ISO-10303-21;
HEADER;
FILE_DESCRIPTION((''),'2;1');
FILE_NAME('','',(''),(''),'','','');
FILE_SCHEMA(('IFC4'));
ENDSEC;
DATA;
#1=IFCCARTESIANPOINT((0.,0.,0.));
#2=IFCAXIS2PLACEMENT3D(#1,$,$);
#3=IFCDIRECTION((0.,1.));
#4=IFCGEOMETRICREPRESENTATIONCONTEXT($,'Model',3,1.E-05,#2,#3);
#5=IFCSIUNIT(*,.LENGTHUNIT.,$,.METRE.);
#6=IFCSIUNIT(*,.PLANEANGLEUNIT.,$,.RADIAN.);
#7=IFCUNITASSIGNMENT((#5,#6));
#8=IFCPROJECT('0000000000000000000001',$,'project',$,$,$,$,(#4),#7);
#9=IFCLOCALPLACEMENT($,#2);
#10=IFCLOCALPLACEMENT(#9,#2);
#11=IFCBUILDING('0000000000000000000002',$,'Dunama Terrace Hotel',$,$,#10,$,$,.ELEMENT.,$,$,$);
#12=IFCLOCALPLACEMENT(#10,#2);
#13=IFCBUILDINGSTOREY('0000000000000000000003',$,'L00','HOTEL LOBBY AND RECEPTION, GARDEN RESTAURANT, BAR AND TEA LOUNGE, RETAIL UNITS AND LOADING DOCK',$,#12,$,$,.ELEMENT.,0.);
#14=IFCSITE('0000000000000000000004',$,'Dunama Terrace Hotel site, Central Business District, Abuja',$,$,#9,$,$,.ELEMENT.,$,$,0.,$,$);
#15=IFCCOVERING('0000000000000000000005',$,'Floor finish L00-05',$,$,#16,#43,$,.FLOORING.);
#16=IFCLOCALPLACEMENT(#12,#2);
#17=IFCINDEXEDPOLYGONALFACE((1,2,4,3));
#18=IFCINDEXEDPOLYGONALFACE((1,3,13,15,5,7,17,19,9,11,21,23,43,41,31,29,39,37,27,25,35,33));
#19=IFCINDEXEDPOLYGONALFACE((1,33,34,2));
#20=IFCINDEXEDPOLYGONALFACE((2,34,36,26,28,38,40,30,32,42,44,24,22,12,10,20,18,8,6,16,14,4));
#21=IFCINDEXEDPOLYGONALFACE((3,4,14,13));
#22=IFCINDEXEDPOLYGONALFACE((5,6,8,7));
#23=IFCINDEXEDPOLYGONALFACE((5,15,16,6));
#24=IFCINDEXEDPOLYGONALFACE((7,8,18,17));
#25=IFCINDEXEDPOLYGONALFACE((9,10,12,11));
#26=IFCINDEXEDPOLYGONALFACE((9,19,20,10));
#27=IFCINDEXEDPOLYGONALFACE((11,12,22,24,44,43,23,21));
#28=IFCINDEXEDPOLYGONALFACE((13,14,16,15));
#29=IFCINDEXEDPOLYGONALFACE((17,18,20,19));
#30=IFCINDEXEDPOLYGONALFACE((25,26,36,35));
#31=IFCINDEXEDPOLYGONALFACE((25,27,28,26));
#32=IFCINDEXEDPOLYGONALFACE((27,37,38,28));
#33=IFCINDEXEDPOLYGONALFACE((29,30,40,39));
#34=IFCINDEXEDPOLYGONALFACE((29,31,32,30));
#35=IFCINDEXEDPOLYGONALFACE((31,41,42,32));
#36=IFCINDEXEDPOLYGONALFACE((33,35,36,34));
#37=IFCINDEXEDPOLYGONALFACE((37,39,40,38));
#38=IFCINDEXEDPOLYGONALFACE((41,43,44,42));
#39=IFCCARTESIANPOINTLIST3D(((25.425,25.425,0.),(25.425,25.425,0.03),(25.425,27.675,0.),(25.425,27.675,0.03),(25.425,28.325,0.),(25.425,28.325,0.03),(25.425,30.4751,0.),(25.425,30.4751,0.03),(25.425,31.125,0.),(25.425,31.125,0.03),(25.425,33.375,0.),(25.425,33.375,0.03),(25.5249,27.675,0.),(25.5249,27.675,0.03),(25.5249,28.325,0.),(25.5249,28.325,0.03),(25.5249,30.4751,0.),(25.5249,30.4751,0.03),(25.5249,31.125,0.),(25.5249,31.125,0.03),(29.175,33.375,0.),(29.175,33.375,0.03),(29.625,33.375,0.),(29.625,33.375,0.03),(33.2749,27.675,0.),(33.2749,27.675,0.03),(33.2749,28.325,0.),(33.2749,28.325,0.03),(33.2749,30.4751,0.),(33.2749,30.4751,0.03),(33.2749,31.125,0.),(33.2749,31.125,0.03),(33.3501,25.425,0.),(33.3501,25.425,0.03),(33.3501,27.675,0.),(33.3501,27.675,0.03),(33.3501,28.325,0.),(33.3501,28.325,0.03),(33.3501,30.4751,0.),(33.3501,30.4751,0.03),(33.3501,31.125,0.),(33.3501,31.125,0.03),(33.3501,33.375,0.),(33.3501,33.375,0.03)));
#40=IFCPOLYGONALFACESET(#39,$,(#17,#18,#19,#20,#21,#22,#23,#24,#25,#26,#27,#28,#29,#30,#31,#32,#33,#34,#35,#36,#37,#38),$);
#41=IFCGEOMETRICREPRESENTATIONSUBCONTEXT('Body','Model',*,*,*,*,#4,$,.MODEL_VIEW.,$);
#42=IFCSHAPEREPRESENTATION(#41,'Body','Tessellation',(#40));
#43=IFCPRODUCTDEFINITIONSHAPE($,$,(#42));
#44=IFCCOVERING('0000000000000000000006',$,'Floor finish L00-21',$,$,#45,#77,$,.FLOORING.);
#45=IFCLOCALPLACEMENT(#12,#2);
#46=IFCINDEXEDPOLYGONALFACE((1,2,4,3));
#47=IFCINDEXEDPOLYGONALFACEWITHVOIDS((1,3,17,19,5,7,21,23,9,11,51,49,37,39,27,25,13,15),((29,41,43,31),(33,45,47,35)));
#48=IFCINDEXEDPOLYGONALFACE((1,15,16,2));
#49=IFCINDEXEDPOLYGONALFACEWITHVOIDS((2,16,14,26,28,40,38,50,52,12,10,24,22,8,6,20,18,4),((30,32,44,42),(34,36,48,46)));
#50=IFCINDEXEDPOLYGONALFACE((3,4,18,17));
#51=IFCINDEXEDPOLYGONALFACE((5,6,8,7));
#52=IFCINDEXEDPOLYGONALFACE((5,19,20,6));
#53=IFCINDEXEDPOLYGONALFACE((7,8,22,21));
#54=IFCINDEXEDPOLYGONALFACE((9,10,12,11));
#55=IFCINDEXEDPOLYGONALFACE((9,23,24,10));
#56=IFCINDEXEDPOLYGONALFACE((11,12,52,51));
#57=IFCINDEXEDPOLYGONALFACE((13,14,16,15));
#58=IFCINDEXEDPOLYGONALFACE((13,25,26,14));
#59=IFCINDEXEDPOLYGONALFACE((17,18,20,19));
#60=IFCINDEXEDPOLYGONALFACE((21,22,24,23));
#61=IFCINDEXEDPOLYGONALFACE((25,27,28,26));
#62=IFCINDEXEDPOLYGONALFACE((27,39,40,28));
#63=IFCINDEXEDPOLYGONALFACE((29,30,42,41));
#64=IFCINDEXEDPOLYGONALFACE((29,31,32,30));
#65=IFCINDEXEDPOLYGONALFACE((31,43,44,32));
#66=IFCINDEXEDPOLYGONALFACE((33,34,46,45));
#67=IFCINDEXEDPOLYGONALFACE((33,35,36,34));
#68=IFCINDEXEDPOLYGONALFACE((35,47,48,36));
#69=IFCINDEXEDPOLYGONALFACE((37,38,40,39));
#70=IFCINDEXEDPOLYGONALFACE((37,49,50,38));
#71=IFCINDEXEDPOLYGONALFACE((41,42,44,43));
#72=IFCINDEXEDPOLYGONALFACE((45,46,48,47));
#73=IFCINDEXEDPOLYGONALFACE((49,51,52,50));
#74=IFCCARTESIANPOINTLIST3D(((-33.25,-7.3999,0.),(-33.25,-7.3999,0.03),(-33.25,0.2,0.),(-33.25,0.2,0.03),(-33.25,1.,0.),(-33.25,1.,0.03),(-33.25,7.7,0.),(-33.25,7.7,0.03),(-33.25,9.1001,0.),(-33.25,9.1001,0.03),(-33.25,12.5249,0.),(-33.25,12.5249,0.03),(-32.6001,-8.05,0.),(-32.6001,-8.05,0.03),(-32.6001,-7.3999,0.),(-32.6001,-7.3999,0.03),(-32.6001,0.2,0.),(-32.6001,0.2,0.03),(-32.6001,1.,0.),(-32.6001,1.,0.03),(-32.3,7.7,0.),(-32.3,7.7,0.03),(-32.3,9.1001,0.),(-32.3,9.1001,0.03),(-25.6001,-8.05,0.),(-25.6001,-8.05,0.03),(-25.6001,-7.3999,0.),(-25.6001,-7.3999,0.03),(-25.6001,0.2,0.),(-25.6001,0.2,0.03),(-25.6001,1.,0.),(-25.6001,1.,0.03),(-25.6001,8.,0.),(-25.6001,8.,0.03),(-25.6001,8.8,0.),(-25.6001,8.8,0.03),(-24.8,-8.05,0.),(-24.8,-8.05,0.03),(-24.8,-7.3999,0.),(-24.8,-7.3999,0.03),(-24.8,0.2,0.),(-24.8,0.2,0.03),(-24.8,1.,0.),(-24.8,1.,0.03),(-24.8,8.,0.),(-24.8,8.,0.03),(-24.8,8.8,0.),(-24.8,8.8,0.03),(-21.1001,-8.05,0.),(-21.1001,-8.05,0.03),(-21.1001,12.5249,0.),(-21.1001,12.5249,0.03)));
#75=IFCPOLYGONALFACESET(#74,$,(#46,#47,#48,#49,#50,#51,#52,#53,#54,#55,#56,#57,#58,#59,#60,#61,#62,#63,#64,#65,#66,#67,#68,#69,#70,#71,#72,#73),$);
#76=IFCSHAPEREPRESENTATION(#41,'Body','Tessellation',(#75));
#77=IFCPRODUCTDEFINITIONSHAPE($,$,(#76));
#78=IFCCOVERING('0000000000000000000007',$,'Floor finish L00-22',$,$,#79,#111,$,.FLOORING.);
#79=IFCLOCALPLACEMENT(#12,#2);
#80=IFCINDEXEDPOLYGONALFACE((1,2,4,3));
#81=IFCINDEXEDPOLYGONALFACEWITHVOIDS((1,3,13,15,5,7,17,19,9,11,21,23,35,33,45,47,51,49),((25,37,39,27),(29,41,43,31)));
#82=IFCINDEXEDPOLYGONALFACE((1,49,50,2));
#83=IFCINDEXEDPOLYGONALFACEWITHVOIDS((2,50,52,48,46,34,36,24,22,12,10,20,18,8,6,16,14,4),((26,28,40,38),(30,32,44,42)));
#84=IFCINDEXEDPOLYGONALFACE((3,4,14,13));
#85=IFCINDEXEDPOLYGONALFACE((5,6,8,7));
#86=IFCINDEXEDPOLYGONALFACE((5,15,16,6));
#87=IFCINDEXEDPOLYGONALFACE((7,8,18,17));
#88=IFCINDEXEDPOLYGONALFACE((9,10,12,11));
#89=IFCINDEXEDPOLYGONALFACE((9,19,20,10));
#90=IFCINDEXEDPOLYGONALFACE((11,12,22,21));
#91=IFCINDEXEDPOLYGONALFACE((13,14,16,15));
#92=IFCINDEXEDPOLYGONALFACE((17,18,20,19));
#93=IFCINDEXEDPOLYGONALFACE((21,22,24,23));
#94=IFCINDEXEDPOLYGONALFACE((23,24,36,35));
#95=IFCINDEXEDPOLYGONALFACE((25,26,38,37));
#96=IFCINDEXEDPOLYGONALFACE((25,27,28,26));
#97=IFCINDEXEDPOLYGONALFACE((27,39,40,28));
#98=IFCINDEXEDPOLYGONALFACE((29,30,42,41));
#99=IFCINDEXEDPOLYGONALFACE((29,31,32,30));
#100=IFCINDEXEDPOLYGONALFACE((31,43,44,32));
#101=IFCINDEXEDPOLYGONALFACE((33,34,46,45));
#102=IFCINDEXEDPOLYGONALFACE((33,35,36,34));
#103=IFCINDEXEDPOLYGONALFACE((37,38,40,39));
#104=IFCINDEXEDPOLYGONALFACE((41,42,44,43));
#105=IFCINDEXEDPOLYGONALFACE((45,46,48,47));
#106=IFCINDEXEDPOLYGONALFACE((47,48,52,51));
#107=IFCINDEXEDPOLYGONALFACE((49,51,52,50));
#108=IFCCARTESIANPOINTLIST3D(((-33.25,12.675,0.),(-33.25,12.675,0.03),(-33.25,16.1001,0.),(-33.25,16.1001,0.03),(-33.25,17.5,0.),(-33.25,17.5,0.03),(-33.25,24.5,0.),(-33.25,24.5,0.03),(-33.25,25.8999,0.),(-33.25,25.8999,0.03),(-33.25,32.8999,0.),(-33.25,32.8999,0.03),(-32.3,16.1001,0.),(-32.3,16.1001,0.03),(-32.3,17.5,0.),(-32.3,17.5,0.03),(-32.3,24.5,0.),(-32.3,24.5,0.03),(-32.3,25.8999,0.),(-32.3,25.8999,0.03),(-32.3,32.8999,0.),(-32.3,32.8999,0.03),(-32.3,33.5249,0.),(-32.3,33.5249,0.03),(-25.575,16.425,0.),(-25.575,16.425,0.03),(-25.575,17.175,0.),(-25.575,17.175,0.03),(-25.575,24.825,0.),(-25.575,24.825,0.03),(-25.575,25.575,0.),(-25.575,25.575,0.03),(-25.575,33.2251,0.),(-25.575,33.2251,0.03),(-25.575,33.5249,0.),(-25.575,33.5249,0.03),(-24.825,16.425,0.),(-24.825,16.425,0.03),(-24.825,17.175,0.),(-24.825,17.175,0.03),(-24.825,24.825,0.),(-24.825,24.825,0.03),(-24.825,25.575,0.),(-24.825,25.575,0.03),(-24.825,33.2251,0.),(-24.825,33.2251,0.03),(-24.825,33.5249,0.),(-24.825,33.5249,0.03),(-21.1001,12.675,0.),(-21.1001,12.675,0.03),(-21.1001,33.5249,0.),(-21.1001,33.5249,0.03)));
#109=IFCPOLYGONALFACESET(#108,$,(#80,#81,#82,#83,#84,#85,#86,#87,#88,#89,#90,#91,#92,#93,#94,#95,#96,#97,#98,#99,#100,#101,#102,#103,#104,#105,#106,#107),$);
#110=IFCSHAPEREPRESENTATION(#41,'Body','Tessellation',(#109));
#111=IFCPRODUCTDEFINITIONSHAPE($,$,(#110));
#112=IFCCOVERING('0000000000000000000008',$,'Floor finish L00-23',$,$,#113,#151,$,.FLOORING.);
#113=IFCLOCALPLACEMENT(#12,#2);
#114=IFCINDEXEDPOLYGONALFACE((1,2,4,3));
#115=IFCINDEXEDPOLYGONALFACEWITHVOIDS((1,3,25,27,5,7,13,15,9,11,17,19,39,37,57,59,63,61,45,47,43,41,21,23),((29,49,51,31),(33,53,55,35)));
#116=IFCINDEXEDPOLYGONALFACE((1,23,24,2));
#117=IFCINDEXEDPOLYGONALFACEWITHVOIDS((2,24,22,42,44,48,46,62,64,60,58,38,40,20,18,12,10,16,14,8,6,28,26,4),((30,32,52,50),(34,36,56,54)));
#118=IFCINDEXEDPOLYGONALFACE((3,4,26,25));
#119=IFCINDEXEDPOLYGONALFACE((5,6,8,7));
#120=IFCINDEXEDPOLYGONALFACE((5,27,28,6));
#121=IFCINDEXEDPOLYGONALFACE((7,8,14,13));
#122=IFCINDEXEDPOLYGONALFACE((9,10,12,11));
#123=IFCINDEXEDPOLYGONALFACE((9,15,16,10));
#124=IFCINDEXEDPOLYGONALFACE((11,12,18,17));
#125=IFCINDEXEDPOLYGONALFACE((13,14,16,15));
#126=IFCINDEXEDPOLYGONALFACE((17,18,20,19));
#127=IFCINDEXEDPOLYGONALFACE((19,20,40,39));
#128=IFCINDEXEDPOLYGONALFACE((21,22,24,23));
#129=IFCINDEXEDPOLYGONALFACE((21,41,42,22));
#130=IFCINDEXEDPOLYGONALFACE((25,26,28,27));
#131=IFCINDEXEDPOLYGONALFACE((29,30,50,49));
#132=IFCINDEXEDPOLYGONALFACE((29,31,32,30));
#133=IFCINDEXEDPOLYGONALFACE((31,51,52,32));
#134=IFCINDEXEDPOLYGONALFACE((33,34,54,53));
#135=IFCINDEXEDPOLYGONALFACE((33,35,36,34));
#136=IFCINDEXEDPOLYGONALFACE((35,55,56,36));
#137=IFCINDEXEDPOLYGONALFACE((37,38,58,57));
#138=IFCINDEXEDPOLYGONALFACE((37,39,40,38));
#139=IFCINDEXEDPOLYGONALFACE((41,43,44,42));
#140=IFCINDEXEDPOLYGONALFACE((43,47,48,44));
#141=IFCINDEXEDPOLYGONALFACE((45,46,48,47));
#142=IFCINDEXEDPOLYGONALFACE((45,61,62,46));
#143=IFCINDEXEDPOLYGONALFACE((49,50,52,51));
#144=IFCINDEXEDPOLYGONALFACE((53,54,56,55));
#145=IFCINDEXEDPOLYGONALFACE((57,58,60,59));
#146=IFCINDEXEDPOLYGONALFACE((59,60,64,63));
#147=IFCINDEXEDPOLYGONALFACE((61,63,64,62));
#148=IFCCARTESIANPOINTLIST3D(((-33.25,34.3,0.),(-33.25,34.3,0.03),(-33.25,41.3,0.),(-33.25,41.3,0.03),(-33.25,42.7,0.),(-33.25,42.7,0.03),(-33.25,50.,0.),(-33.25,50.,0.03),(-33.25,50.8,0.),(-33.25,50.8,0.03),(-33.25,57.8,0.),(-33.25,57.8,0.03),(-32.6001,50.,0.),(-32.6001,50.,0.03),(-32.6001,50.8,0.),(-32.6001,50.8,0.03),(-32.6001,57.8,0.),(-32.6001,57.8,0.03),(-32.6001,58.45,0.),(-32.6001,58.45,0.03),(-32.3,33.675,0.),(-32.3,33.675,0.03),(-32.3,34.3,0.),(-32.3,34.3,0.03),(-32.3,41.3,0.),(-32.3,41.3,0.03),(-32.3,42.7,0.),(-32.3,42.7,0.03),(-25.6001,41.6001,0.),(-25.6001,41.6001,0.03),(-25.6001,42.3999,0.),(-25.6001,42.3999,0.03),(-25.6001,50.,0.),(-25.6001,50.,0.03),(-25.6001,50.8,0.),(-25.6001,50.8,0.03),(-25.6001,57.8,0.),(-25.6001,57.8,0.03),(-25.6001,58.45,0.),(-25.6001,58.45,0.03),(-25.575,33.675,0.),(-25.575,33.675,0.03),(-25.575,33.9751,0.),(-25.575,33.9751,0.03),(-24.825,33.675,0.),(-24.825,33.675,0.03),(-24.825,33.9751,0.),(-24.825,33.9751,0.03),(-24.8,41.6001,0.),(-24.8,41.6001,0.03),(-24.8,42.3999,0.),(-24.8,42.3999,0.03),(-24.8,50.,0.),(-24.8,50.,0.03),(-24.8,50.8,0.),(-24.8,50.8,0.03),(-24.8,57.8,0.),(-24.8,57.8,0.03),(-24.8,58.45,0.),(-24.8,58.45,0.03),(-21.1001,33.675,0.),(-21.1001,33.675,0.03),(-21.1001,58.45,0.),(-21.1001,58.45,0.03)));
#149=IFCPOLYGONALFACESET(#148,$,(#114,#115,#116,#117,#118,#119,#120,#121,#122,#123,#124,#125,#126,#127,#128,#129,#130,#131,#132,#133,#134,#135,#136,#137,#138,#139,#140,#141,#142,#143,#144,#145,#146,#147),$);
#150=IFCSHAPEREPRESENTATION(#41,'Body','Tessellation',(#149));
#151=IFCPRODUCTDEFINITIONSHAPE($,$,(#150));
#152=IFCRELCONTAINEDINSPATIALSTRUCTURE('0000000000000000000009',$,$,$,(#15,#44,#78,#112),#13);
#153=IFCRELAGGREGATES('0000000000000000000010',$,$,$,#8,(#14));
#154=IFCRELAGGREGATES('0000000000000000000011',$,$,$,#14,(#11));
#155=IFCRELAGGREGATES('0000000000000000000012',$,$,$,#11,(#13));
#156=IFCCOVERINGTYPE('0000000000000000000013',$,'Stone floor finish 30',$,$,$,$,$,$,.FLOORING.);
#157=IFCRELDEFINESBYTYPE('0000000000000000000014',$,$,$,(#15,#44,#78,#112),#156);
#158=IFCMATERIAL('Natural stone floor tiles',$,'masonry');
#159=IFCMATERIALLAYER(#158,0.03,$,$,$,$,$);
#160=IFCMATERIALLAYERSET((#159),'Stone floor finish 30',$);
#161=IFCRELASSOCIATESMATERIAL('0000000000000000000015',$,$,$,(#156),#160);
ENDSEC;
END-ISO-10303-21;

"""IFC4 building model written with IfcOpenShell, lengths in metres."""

from ifc_helpers import new_model, si_unit, direction, origin, place, context, subcontext, project, spatial, polyline, outline, extrude, material, layer, layer_set, type_object, element, save


model = new_model("IFC4")

# Units and contexts
model_context = context("Model", 3, precision=1e-05, world=origin(), true_north=direction((0.0, 1.0)))
body_context = subcontext(model_context, "Body", "Model", "MODEL_VIEW")
ifc_project = project(units=[si_unit("LENGTHUNIT", "METRE"), si_unit("PLANEANGLEUNIT", "RADIAN")], contexts=[model_context])

# Site, building, storey
site_placement = place(None, origin())
site = spatial("IfcSite", under=ifc_project, at=site_placement, Name="Dunama Terrace Hotel site, Central Business District, Abuja", CompositionType="ELEMENT", RefElevation=0.0)
building_placement = place(site_placement, origin())
building = spatial("IfcBuilding", under=site, at=building_placement, Name="Dunama Terrace Hotel", CompositionType="ELEMENT")
storey_placement = place(building_placement, origin())
storey = spatial("IfcBuildingStorey", under=building, at=storey_placement, Name="L00", Description="HOTEL LOBBY AND RECEPTION, GARDEN RESTAURANT, BAR AND TEA LOUNGE, RETAIL UNITS AND LOADING DOCK", CompositionType="ELEMENT", Elevation=0.0)

# Coverings
ifc_material_1 = material(Name="Natural stone floor tiles", Category="masonry")
ifc_layer_1 = layer(ifc_material_1, 0.03)
ifc_layer_set_1 = layer_set([ifc_layer_1], Name="Stone floor finish 30")
covering_type_1 = type_object("IfcCoveringType", Name="Stone floor finish 30", PredefinedType="FLOORING", material=ifc_layer_set_1)
covering_1_placement = place(storey_placement, origin())
element("IfcCovering", 1, at=covering_1_placement, inside=storey, type_object=covering_type_1, Name="Floor finish L00-05", PredefinedType="FLOORING", context=body_context, shape_type="SweptSolid", body=[
    extrude(outline(polyline([(29.625, 33.375), (29.175, 33.375), (25.425, 33.375), (25.425, 31.125), (25.5249, 31.125), (25.5249, 30.4751), (25.425, 30.4751), (25.425, 28.325), (25.5249, 28.325), (25.5249, 27.675), (25.425, 27.675), (25.425, 25.425), (33.3501, 25.425), (33.3501, 27.675), (33.2749, 27.675), (33.2749, 28.325), (33.3501, 28.325), (33.3501, 30.4751), (33.2749, 30.4751), (33.2749, 31.125), (33.3501, 31.125), (33.3501, 33.375), (29.625, 33.375)])), origin(), (0.0, 0.0, 1.0), 0.03),
])
covering_2_placement = place(storey_placement, origin())
element("IfcCovering", 2, at=covering_2_placement, inside=storey, type_object=covering_type_1, Name="Floor finish L00-21", PredefinedType="FLOORING", context=body_context, shape_type="SweptSolid", body=[
    extrude(outline(polyline([(-21.1001, 12.5249), (-33.25, 12.5249), (-33.25, 9.1001), (-32.3, 9.1001), (-32.3, 7.7), (-33.25, 7.7), (-33.25, 1.0), (-32.6001, 1.0), (-32.6001, 0.2), (-33.25, 0.2), (-33.25, -7.3999), (-32.6001, -7.3999), (-32.6001, -8.05), (-25.6001, -8.05), (-25.6001, -7.3999), (-24.8, -7.3999), (-24.8, -8.05), (-21.1001, -8.05), (-21.1001, 12.5249)]), holes=[polyline([(-24.8, 1.0), (-24.8, 0.2), (-25.6001, 0.2), (-25.6001, 1.0), (-24.8, 1.0)]), polyline([(-24.8, 8.8), (-24.8, 8.0), (-25.6001, 8.0), (-25.6001, 8.8), (-24.8, 8.8)])]), origin(), (0.0, 0.0, 1.0), 0.03),
])
covering_3_placement = place(storey_placement, origin())
element("IfcCovering", 3, at=covering_3_placement, inside=storey, type_object=covering_type_1, Name="Floor finish L00-22", PredefinedType="FLOORING", context=body_context, shape_type="SweptSolid", body=[
    extrude(outline(polyline([(-32.3, 25.8999), (-32.3, 24.5), (-33.25, 24.5), (-33.25, 17.5), (-32.3, 17.5), (-32.3, 16.1001), (-33.25, 16.1001), (-33.25, 12.675), (-21.1001, 12.675), (-21.1001, 33.5249), (-24.825, 33.5249), (-24.825, 33.2251), (-25.575, 33.2251), (-25.575, 33.5249), (-32.3, 33.5249), (-32.3, 32.8999), (-33.25, 32.8999), (-33.25, 25.8999), (-32.3, 25.8999)]), holes=[polyline([(-24.825, 17.175), (-24.825, 16.425), (-25.575, 16.425), (-25.575, 17.175), (-24.825, 17.175)]), polyline([(-24.825, 25.575), (-24.825, 24.825), (-25.575, 24.825), (-25.575, 25.575), (-24.825, 25.575)])]), origin(), (0.0, 0.0, 1.0), 0.03),
])
covering_4_placement = place(storey_placement, origin())
element("IfcCovering", 4, at=covering_4_placement, inside=storey, type_object=covering_type_1, Name="Floor finish L00-23", PredefinedType="FLOORING", context=body_context, shape_type="SweptSolid", body=[
    extrude(outline(polyline([(-32.6001, 58.45), (-32.6001, 57.8), (-33.25, 57.8), (-33.25, 50.8), (-32.6001, 50.8), (-32.6001, 50.0), (-33.25, 50.0), (-33.25, 42.7), (-32.3, 42.7), (-32.3, 41.3), (-33.25, 41.3), (-33.25, 34.3), (-32.3, 34.3), (-32.3, 33.675), (-25.575, 33.675), (-25.575, 33.9751), (-24.825, 33.9751), (-24.825, 33.675), (-21.1001, 33.675), (-21.1001, 58.45), (-24.8, 58.45), (-24.8, 57.8), (-25.6001, 57.8), (-25.6001, 58.45), (-32.6001, 58.45)]), holes=[polyline([(-24.8, 42.3999), (-24.8, 41.6001), (-25.6001, 41.6001), (-25.6001, 42.3999), (-24.8, 42.3999)]), polyline([(-24.8, 50.8), (-24.8, 50.0), (-25.6001, 50.0), (-25.6001, 50.8), (-24.8, 50.8)])]), origin(), (0.0, 0.0, 1.0), 0.03),
])

save(model, "model.ifc")
